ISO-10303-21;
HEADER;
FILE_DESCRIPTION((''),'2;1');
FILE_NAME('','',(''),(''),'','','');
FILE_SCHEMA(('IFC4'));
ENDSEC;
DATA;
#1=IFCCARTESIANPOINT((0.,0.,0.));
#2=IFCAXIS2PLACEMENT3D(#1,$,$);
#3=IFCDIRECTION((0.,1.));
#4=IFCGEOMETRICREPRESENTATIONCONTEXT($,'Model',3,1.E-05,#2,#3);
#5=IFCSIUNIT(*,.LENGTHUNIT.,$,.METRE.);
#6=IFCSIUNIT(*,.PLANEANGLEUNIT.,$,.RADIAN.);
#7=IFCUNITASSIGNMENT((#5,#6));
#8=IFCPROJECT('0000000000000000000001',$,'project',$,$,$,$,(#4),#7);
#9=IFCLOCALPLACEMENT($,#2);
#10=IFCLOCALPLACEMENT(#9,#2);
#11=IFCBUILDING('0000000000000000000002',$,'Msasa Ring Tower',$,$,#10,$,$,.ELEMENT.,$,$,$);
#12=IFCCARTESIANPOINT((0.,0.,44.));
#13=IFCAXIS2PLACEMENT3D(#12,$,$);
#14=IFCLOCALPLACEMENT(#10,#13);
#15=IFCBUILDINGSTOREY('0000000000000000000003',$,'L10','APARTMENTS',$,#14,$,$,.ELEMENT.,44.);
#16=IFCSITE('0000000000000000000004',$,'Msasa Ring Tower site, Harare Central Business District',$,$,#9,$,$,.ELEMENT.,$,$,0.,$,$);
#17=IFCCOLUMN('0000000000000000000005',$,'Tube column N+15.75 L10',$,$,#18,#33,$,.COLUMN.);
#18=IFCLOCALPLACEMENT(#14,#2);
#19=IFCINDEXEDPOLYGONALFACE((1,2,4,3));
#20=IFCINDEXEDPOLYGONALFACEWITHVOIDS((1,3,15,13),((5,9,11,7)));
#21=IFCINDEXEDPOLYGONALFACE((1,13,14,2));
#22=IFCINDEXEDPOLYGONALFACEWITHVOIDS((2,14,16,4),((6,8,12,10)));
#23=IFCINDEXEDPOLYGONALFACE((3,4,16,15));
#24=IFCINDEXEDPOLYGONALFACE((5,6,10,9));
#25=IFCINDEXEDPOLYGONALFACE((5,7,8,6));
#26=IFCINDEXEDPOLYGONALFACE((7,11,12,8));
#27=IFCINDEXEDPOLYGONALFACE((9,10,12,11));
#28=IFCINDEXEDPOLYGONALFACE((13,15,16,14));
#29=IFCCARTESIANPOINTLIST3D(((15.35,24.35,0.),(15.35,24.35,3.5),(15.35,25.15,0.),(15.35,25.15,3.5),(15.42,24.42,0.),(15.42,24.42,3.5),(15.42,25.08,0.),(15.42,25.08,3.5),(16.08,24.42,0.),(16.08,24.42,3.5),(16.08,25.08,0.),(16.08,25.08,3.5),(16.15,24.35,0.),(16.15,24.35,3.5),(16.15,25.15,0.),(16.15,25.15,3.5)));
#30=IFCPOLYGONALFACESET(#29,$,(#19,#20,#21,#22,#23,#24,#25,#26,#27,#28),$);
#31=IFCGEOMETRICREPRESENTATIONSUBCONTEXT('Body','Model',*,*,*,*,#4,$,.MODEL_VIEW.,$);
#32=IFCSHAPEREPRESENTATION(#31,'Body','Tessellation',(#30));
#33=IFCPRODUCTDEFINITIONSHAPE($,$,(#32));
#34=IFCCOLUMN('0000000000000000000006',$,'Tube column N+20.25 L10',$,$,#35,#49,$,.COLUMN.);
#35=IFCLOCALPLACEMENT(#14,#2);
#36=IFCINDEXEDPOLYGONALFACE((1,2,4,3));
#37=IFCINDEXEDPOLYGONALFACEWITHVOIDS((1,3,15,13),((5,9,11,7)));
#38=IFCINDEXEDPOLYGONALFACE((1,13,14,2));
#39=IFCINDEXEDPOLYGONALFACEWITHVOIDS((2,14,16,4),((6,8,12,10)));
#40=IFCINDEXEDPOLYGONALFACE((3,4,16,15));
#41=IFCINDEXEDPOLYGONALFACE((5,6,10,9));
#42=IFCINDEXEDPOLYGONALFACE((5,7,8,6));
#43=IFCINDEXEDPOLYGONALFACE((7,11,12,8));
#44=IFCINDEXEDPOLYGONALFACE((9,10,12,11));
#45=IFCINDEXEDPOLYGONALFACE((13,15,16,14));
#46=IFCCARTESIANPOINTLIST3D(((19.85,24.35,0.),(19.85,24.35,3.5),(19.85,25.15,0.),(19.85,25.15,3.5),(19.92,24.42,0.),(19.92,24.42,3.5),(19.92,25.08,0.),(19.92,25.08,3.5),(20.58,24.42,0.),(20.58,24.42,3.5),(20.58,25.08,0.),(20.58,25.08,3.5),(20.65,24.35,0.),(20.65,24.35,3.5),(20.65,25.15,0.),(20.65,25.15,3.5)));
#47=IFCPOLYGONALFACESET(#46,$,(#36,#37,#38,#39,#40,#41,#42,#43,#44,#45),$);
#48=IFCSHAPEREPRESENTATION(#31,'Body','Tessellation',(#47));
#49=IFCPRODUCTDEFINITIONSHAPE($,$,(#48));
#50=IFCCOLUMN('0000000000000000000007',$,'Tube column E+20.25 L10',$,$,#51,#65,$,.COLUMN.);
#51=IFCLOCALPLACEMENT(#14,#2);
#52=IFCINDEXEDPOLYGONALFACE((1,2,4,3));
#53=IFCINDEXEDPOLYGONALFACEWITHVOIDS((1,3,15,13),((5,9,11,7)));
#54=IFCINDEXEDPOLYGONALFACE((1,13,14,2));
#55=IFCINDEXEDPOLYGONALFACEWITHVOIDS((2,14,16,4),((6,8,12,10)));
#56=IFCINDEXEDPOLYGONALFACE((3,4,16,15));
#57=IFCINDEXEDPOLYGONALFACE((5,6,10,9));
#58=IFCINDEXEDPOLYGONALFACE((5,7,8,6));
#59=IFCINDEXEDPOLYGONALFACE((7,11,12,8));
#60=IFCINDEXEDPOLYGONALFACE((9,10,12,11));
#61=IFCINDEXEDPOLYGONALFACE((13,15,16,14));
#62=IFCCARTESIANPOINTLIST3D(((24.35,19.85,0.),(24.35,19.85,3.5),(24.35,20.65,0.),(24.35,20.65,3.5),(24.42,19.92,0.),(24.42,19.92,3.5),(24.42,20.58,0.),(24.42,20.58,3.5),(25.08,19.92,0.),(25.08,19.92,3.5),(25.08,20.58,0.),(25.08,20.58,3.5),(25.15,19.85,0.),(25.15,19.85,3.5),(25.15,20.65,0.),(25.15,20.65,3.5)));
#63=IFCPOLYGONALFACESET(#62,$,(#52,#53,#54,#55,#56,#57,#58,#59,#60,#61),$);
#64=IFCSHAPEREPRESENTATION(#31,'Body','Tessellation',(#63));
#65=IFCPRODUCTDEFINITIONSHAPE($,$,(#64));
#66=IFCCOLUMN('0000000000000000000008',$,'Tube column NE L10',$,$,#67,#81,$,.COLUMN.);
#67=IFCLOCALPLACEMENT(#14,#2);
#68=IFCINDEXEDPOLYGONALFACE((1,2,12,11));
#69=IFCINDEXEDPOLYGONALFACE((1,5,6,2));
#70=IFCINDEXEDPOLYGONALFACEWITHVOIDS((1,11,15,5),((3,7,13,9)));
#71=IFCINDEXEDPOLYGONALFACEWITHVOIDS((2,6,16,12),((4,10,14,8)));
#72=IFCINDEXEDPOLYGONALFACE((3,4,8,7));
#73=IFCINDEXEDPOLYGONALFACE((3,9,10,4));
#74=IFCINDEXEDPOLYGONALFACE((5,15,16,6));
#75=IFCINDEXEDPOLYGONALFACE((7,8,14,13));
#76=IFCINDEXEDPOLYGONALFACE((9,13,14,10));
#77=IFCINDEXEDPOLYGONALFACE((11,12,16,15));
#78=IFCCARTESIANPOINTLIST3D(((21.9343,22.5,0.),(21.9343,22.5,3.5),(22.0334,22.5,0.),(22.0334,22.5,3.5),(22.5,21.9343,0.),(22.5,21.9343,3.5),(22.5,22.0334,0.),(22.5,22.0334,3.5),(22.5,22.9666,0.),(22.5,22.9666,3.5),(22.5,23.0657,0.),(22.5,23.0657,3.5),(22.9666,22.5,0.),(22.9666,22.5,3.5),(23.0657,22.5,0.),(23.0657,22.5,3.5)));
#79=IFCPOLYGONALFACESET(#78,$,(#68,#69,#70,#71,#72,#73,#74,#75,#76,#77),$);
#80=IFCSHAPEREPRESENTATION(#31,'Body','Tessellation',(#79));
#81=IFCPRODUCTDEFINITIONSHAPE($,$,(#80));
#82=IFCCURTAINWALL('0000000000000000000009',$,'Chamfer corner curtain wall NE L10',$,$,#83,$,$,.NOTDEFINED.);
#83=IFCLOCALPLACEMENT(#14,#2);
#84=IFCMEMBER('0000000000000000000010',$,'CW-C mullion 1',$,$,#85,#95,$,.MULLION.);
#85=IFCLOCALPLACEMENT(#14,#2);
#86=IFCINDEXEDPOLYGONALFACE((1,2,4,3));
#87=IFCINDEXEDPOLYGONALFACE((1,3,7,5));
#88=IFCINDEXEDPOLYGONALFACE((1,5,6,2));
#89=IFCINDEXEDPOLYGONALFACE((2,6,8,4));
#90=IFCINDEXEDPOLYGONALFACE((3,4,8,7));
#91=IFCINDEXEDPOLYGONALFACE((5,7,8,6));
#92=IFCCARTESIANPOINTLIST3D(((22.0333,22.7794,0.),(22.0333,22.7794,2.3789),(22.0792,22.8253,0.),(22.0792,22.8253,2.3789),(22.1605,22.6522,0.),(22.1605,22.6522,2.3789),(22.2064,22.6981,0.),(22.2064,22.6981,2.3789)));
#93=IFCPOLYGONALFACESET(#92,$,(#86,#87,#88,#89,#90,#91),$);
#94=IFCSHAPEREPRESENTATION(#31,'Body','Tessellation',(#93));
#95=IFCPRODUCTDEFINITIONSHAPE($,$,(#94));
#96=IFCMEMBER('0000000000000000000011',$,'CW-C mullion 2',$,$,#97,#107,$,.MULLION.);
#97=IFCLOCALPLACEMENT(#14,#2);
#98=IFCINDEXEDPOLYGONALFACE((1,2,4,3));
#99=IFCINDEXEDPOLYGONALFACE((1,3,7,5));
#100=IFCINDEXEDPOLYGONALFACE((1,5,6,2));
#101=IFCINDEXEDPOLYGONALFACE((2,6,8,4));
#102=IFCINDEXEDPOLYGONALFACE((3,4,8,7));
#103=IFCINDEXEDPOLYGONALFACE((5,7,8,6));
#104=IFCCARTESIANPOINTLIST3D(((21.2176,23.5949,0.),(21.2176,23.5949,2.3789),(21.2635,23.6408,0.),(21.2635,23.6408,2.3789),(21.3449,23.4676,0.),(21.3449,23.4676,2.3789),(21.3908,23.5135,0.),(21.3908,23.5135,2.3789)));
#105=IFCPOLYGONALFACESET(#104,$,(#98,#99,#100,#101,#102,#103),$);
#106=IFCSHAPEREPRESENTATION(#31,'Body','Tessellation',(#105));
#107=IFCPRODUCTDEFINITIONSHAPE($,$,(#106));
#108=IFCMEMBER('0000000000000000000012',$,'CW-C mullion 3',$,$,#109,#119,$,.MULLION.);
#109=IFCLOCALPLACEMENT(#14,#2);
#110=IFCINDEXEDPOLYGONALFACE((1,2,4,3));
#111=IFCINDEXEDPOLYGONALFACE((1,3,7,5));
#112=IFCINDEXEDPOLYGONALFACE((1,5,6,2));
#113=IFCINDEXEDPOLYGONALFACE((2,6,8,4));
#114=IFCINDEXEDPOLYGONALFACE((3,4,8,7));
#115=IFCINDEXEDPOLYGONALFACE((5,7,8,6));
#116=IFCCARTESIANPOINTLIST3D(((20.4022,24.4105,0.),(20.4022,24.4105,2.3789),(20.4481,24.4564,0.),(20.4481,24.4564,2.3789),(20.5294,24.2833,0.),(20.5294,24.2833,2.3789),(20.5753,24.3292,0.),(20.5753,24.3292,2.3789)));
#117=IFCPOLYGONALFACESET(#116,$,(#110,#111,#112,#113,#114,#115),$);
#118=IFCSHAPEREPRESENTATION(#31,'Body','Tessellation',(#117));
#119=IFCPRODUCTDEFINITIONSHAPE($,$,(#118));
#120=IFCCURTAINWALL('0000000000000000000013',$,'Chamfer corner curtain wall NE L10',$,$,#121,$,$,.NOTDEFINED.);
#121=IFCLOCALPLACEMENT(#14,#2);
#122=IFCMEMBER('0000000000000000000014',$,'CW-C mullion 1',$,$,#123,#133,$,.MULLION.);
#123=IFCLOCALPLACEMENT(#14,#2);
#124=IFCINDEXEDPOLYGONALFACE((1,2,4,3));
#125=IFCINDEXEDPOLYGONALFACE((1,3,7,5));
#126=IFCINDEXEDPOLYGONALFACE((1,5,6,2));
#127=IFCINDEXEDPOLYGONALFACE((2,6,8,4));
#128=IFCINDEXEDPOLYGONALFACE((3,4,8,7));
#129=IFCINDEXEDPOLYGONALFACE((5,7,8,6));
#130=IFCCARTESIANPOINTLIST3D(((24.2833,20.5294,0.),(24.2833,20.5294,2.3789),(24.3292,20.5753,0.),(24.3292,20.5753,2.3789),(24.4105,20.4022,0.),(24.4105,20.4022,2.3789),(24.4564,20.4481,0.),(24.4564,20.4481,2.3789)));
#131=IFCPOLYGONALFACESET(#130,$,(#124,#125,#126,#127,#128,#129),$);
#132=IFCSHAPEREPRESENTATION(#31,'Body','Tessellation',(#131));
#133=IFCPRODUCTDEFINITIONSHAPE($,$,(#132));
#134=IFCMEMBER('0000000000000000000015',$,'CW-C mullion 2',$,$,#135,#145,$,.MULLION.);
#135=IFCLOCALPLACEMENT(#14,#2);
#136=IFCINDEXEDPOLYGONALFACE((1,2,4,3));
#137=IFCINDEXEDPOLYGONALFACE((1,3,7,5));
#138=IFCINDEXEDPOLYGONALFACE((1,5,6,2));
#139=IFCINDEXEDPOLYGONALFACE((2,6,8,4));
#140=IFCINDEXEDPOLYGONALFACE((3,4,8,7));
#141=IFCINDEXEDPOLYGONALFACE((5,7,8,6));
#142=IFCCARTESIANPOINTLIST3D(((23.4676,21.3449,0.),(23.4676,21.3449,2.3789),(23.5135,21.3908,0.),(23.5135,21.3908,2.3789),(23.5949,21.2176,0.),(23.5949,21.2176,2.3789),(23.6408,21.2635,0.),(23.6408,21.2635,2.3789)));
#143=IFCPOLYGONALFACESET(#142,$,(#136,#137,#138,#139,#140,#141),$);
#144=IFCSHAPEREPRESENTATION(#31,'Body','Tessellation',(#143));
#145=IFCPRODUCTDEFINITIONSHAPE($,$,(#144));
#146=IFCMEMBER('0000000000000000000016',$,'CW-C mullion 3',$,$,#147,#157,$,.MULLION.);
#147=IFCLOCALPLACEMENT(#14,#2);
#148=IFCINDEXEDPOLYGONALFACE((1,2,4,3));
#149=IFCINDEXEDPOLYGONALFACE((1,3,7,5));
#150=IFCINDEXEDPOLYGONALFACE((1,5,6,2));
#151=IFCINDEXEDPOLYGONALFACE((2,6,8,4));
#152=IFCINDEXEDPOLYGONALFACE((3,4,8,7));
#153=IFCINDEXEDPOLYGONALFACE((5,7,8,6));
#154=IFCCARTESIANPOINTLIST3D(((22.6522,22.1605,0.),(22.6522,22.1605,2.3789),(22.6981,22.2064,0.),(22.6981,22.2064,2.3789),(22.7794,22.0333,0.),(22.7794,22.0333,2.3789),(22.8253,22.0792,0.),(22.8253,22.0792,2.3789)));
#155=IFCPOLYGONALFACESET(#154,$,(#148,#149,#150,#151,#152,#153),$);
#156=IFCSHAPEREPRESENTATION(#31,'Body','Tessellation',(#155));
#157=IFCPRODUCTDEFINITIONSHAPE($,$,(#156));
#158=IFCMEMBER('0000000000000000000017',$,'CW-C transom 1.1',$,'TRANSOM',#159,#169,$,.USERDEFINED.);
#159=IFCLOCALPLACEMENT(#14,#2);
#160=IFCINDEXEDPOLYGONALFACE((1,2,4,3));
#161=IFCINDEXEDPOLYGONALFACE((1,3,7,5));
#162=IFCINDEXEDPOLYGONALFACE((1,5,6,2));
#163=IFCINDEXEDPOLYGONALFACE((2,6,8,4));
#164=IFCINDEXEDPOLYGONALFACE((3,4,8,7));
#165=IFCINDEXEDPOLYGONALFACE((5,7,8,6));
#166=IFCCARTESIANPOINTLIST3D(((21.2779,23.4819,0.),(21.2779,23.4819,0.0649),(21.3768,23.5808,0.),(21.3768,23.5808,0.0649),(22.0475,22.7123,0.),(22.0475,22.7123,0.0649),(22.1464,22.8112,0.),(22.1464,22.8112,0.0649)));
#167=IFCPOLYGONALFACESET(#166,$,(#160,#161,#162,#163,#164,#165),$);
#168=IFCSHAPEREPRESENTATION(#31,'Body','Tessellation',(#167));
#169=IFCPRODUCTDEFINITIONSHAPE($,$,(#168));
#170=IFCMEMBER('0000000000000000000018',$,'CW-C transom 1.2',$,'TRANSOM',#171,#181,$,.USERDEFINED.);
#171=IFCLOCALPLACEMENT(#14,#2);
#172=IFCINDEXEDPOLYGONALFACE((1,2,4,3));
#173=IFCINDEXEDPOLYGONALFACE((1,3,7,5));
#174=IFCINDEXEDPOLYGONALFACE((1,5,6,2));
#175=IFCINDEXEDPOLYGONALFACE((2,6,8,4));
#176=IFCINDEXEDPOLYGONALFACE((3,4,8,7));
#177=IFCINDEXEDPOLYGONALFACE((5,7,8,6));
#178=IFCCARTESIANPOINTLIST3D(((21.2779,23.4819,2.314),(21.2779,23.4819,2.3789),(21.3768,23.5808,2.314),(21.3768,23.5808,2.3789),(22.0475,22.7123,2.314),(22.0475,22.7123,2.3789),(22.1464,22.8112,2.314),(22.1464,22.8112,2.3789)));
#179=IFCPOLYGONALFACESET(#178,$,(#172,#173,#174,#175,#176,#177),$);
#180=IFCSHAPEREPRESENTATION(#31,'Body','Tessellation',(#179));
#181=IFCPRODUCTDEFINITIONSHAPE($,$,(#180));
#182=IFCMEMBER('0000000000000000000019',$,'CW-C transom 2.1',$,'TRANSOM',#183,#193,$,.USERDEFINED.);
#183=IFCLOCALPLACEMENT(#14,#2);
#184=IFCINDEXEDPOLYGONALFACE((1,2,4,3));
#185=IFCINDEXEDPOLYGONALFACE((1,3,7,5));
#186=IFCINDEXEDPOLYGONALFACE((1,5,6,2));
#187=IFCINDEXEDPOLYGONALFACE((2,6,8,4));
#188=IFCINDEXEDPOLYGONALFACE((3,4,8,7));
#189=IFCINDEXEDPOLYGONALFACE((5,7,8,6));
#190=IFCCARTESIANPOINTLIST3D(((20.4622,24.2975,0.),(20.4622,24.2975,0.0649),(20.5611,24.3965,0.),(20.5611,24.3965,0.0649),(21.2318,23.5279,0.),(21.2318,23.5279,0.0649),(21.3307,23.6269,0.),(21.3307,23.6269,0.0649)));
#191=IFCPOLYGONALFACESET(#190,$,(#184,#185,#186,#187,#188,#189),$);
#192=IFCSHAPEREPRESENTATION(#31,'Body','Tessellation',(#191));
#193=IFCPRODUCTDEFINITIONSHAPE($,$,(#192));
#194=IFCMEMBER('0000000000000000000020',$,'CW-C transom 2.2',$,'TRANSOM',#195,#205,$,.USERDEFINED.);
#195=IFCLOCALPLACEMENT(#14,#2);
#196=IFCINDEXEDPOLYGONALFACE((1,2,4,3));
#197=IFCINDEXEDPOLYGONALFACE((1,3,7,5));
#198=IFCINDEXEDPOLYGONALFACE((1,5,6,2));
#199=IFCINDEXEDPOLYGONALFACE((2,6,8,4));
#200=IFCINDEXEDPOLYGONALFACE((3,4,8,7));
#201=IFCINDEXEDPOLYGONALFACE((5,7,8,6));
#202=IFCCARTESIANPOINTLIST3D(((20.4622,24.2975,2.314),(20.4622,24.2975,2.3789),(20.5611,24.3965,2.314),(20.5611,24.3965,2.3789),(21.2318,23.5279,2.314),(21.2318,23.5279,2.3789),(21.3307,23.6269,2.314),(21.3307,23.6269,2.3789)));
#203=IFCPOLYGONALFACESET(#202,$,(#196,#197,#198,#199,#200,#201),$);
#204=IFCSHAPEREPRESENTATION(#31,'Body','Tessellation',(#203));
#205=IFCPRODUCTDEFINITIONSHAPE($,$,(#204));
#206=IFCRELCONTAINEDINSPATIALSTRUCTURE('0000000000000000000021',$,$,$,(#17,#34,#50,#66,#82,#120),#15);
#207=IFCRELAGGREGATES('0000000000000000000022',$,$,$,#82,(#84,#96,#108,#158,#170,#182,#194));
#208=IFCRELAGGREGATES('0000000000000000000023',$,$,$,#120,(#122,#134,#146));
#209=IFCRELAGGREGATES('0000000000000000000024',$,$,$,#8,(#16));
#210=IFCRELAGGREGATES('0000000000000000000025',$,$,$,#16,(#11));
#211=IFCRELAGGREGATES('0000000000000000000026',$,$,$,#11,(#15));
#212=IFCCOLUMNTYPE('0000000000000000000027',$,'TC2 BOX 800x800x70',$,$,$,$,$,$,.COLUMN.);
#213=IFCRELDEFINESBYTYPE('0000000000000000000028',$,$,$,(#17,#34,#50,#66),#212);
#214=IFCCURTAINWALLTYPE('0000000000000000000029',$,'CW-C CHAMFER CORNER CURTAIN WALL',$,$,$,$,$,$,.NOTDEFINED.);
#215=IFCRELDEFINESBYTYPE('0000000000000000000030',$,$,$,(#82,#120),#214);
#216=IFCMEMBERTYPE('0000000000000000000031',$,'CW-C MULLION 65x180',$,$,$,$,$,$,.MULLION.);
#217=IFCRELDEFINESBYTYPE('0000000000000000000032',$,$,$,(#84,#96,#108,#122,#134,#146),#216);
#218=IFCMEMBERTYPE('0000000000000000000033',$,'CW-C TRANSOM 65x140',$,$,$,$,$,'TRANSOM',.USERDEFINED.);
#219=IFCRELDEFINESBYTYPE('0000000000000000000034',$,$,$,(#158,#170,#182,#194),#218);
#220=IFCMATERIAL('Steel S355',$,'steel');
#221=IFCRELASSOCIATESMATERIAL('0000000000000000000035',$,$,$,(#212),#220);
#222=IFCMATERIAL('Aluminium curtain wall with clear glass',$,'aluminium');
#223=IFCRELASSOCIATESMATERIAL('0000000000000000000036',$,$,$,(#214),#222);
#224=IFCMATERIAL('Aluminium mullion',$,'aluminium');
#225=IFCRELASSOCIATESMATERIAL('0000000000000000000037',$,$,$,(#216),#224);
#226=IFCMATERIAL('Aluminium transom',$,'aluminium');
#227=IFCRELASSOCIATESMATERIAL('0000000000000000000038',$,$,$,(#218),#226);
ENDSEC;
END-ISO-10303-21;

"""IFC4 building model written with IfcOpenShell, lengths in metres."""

from ifc_helpers import new_model, si_unit, direction, frame, origin, origin_2d, place, context, subcontext, project, spatial, rectangle, hollow_rectangle, extrude, material, material_profile, profile_set, type_object, element, aggregate, save


model = new_model("IFC4")

# Units and contexts
model_context = context("Model", 3, precision=1e-05, world=origin(), true_north=direction((0.0, 1.0)))
body_context = subcontext(model_context, "Body", "Model", "MODEL_VIEW")
ifc_project = project(units=[si_unit("LENGTHUNIT", "METRE"), si_unit("PLANEANGLEUNIT", "RADIAN")], contexts=[model_context])

# Site, building, storey
site_placement = place(None, origin())
site = spatial("IfcSite", under=ifc_project, at=site_placement, Name="Msasa Ring Tower site, Harare Central Business District", CompositionType="ELEMENT", RefElevation=0.0)
building_placement = place(site_placement, origin())
building = spatial("IfcBuilding", under=site, at=building_placement, Name="Msasa Ring Tower", CompositionType="ELEMENT")
storey_placement = place(building_placement, frame((0.0, 0.0, 44.0)))
storey = spatial("IfcBuildingStorey", under=building, at=storey_placement, Name="L10", Description="APARTMENTS", CompositionType="ELEMENT", Elevation=44.0)

# Columns
ifc_material_1 = material(Name="Steel S355", Category="steel")
ifc_material_profile_1 = material_profile(ifc_material_1, hollow_rectangle(XDim=0.8, YDim=0.8, WallThickness=0.0701, at=origin_2d()), Name="BOX 800x800x70")
ifc_profile_set_1 = profile_set([ifc_material_profile_1], Name="Steel S355")
column_type = type_object("IfcColumnType", Name="TC2 BOX 800x800x70", PredefinedType="COLUMN", material=ifc_profile_set_1)
for number, where, z_axis, x_axis, name in (
    (1, (15.75, 24.75, 0.0), (0.0, 0.0, 1.0), (0.0, 1.0, 0.0), "Tube column N+15.75 L10"),
    (2, (20.25, 24.75, 0.0), (0.0, 0.0, 1.0), (0.0, 1.0, 0.0), "Tube column N+20.25 L10"),
    (3, (24.75, 20.25, 0.0), (0.0, 0.0, 1.0), (1.0, 0.0, 0.0), "Tube column E+20.25 L10"),
    (4, (22.5, 22.5, 0.0), (0.0, 0.0, 1.0), (0.707107, 0.707107, 0.0), "Tube column NE L10"),
):
    element("IfcColumn", number, at=place(storey_placement, frame(where, z_axis=z_axis, x_axis=x_axis)), inside=storey, type_object=column_type, Name=name, PredefinedType="COLUMN", context=body_context, shape_type="SweptSolid", body=[
        extrude(hollow_rectangle(XDim=0.8, YDim=0.8, WallThickness=0.0701, at=origin_2d()), origin(), (0.0, 0.0, 1.0), 3.5),
    ])

# Curtain walls, members
ifc_material_2 = material(Name="Aluminium curtain wall with clear glass", Category="aluminium")
curtain_wall_type = type_object("IfcCurtainWallType", Name="CW-C CHAMFER CORNER CURTAIN WALL", PredefinedType="NOTDEFINED", material=ifc_material_2)
curtain_wall_1_placement = place(storey_placement, origin())
curtain_wall_1 = element("IfcCurtainWall", 5, at=curtain_wall_1_placement, inside=storey, type_object=curtain_wall_type, Name="Chamfer corner curtain wall NE L10", PredefinedType="NOTDEFINED")
ifc_material_3 = material(Name="Aluminium mullion", Category="aluminium")
ifc_material_profile_2 = material_profile(ifc_material_3, rectangle(XDim=0.0649, YDim=0.1799, at=origin_2d()), Name="AL 65x180")
ifc_profile_set_2 = profile_set([ifc_material_profile_2], Name="Aluminium mullion")
member_type_1 = type_object("IfcMemberType", Name="CW-C MULLION 65x180", PredefinedType="MULLION", material=ifc_profile_set_2)
member_1_placement = place(storey_placement, frame((22.1199, 22.7388, 0.0), z_axis=(0.0, 0.0, 1.0), x_axis=(-0.707107, -0.707107, 0.0)))
member_1 = element("IfcMember", 6, at=member_1_placement, type_object=member_type_1, Name="CW-C mullion 1", PredefinedType="MULLION", context=body_context, shape_type="SweptSolid", body=[
    extrude(rectangle(XDim=0.0649, YDim=0.1799, at=origin_2d()), origin(), (0.0, 0.0, 1.0), 2.3789),
])
member_2_placement = place(storey_placement, frame((21.3042, 23.5542, 0.0), z_axis=(0.0, 0.0, 1.0), x_axis=(-0.707107, -0.707107, 0.0)))
member_2 = element("IfcMember", 7, at=member_2_placement, type_object=member_type_1, Name="CW-C mullion 2", PredefinedType="MULLION", context=body_context, shape_type="SweptSolid", body=[
    extrude(rectangle(XDim=0.0649, YDim=0.1799, at=origin_2d()), origin(), (0.0, 0.0, 1.0), 2.3789),
])
member_3_placement = place(storey_placement, frame((20.4888, 24.3699, 0.0), z_axis=(0.0, 0.0, 1.0), x_axis=(-0.707107, -0.707107, 0.0)))
member_3 = element("IfcMember", 8, at=member_3_placement, type_object=member_type_1, Name="CW-C mullion 3", PredefinedType="MULLION", context=body_context, shape_type="SweptSolid", body=[
    extrude(rectangle(XDim=0.0649, YDim=0.1799, at=origin_2d()), origin(), (0.0, 0.0, 1.0), 2.3789),
])
curtain_wall_2_placement = place(storey_placement, origin())
curtain_wall_2 = element("IfcCurtainWall", 9, at=curtain_wall_2_placement, inside=storey, type_object=curtain_wall_type, Name="Chamfer corner curtain wall NE L10", PredefinedType="NOTDEFINED")
member_4_placement = place(storey_placement, frame((24.3699, 20.4888, 0.0), z_axis=(0.0, 0.0, 1.0), x_axis=(-0.707107, -0.707107, 0.0)))
member_4 = element("IfcMember", 10, at=member_4_placement, type_object=member_type_1, Name="CW-C mullion 1", PredefinedType="MULLION", context=body_context, shape_type="SweptSolid", body=[
    extrude(rectangle(XDim=0.0649, YDim=0.1799, at=origin_2d()), origin(), (0.0, 0.0, 1.0), 2.3789),
])
member_5_placement = place(storey_placement, frame((23.5542, 21.3042, 0.0), z_axis=(0.0, 0.0, 1.0), x_axis=(-0.707107, -0.707107, 0.0)))
member_5 = element("IfcMember", 11, at=member_5_placement, type_object=member_type_1, Name="CW-C mullion 2", PredefinedType="MULLION", context=body_context, shape_type="SweptSolid", body=[
    extrude(rectangle(XDim=0.0649, YDim=0.1799, at=origin_2d()), origin(), (0.0, 0.0, 1.0), 2.3789),
])
member_6_placement = place(storey_placement, frame((22.7388, 22.1199, 0.0), z_axis=(0.0, 0.0, 1.0), x_axis=(-0.707107, -0.707107, 0.0)))
member_6 = element("IfcMember", 12, at=member_6_placement, type_object=member_type_1, Name="CW-C mullion 3", PredefinedType="MULLION", context=body_context, shape_type="SweptSolid", body=[
    extrude(rectangle(XDim=0.0649, YDim=0.1799, at=origin_2d()), origin(), (0.0, 0.0, 1.0), 2.3789),
])

# Members
ifc_material_4 = material(Name="Aluminium transom", Category="aluminium")
ifc_material_profile_3 = material_profile(ifc_material_4, rectangle(XDim=0.1399, YDim=0.0649, at=origin_2d()), Name="AL 65x140")
ifc_profile_set_3 = profile_set([ifc_material_profile_3], Name="Aluminium transom")
member_type_2 = type_object("IfcMemberType", Name="CW-C TRANSOM 65x140", ElementType="TRANSOM", PredefinedType="USERDEFINED", material=ifc_profile_set_3)
member_7_placement = place(storey_placement, frame((22.0969, 22.7617, 0.0325), z_axis=(-0.707107, 0.707107, 0.0), x_axis=(-0.707107, -0.707107, 0.0)))
member_7 = element("IfcMember", 13, at=member_7_placement, type_object=member_type_2, Name="CW-C transom 1.1", ObjectType="TRANSOM", PredefinedType="USERDEFINED", context=body_context, shape_type="SweptSolid", body=[
    extrude(rectangle(XDim=0.1399, YDim=0.0649, at=origin_2d()), origin(), (0.0, 0.0, 1.0), 1.0884),
])
member_8_placement = place(storey_placement, frame((22.0969, 22.7617, 2.3464), z_axis=(-0.707107, 0.707107, 0.0), x_axis=(-0.707107, -0.707107, 0.0)))
member_8 = element("IfcMember", 14, at=member_8_placement, type_object=member_type_2, Name="CW-C transom 1.2", ObjectType="TRANSOM", PredefinedType="USERDEFINED", context=body_context, shape_type="SweptSolid", body=[
    extrude(rectangle(XDim=0.1399, YDim=0.0649, at=origin_2d()), origin(), (0.0, 0.0, 1.0), 1.0884),
])
member_9_placement = place(storey_placement, frame((21.2812, 23.5774, 0.0325), z_axis=(-0.707107, 0.707107, 0.0), x_axis=(-0.707107, -0.707107, 0.0)))
member_9 = element("IfcMember", 15, at=member_9_placement, type_object=member_type_2, Name="CW-C transom 2.1", ObjectType="TRANSOM", PredefinedType="USERDEFINED", context=body_context, shape_type="SweptSolid", body=[
    extrude(rectangle(XDim=0.1399, YDim=0.0649, at=origin_2d()), origin(), (0.0, 0.0, 1.0), 1.0884),
])
member_10_placement = place(storey_placement, frame((21.2812, 23.5774, 2.3464), z_axis=(-0.707107, 0.707107, 0.0), x_axis=(-0.707107, -0.707107, 0.0)))
member_10 = element("IfcMember", 16, at=member_10_placement, type_object=member_type_2, Name="CW-C transom 2.2", ObjectType="TRANSOM", PredefinedType="USERDEFINED", context=body_context, shape_type="SweptSolid", body=[
    extrude(rectangle(XDim=0.1399, YDim=0.0649, at=origin_2d()), origin(), (0.0, 0.0, 1.0), 1.0884),
])

aggregate(curtain_wall_1, [member_1, member_2, member_3, member_7, member_8, member_9, member_10])
aggregate(curtain_wall_2, [member_4, member_5, member_6])

save(model, "model.ifc")
